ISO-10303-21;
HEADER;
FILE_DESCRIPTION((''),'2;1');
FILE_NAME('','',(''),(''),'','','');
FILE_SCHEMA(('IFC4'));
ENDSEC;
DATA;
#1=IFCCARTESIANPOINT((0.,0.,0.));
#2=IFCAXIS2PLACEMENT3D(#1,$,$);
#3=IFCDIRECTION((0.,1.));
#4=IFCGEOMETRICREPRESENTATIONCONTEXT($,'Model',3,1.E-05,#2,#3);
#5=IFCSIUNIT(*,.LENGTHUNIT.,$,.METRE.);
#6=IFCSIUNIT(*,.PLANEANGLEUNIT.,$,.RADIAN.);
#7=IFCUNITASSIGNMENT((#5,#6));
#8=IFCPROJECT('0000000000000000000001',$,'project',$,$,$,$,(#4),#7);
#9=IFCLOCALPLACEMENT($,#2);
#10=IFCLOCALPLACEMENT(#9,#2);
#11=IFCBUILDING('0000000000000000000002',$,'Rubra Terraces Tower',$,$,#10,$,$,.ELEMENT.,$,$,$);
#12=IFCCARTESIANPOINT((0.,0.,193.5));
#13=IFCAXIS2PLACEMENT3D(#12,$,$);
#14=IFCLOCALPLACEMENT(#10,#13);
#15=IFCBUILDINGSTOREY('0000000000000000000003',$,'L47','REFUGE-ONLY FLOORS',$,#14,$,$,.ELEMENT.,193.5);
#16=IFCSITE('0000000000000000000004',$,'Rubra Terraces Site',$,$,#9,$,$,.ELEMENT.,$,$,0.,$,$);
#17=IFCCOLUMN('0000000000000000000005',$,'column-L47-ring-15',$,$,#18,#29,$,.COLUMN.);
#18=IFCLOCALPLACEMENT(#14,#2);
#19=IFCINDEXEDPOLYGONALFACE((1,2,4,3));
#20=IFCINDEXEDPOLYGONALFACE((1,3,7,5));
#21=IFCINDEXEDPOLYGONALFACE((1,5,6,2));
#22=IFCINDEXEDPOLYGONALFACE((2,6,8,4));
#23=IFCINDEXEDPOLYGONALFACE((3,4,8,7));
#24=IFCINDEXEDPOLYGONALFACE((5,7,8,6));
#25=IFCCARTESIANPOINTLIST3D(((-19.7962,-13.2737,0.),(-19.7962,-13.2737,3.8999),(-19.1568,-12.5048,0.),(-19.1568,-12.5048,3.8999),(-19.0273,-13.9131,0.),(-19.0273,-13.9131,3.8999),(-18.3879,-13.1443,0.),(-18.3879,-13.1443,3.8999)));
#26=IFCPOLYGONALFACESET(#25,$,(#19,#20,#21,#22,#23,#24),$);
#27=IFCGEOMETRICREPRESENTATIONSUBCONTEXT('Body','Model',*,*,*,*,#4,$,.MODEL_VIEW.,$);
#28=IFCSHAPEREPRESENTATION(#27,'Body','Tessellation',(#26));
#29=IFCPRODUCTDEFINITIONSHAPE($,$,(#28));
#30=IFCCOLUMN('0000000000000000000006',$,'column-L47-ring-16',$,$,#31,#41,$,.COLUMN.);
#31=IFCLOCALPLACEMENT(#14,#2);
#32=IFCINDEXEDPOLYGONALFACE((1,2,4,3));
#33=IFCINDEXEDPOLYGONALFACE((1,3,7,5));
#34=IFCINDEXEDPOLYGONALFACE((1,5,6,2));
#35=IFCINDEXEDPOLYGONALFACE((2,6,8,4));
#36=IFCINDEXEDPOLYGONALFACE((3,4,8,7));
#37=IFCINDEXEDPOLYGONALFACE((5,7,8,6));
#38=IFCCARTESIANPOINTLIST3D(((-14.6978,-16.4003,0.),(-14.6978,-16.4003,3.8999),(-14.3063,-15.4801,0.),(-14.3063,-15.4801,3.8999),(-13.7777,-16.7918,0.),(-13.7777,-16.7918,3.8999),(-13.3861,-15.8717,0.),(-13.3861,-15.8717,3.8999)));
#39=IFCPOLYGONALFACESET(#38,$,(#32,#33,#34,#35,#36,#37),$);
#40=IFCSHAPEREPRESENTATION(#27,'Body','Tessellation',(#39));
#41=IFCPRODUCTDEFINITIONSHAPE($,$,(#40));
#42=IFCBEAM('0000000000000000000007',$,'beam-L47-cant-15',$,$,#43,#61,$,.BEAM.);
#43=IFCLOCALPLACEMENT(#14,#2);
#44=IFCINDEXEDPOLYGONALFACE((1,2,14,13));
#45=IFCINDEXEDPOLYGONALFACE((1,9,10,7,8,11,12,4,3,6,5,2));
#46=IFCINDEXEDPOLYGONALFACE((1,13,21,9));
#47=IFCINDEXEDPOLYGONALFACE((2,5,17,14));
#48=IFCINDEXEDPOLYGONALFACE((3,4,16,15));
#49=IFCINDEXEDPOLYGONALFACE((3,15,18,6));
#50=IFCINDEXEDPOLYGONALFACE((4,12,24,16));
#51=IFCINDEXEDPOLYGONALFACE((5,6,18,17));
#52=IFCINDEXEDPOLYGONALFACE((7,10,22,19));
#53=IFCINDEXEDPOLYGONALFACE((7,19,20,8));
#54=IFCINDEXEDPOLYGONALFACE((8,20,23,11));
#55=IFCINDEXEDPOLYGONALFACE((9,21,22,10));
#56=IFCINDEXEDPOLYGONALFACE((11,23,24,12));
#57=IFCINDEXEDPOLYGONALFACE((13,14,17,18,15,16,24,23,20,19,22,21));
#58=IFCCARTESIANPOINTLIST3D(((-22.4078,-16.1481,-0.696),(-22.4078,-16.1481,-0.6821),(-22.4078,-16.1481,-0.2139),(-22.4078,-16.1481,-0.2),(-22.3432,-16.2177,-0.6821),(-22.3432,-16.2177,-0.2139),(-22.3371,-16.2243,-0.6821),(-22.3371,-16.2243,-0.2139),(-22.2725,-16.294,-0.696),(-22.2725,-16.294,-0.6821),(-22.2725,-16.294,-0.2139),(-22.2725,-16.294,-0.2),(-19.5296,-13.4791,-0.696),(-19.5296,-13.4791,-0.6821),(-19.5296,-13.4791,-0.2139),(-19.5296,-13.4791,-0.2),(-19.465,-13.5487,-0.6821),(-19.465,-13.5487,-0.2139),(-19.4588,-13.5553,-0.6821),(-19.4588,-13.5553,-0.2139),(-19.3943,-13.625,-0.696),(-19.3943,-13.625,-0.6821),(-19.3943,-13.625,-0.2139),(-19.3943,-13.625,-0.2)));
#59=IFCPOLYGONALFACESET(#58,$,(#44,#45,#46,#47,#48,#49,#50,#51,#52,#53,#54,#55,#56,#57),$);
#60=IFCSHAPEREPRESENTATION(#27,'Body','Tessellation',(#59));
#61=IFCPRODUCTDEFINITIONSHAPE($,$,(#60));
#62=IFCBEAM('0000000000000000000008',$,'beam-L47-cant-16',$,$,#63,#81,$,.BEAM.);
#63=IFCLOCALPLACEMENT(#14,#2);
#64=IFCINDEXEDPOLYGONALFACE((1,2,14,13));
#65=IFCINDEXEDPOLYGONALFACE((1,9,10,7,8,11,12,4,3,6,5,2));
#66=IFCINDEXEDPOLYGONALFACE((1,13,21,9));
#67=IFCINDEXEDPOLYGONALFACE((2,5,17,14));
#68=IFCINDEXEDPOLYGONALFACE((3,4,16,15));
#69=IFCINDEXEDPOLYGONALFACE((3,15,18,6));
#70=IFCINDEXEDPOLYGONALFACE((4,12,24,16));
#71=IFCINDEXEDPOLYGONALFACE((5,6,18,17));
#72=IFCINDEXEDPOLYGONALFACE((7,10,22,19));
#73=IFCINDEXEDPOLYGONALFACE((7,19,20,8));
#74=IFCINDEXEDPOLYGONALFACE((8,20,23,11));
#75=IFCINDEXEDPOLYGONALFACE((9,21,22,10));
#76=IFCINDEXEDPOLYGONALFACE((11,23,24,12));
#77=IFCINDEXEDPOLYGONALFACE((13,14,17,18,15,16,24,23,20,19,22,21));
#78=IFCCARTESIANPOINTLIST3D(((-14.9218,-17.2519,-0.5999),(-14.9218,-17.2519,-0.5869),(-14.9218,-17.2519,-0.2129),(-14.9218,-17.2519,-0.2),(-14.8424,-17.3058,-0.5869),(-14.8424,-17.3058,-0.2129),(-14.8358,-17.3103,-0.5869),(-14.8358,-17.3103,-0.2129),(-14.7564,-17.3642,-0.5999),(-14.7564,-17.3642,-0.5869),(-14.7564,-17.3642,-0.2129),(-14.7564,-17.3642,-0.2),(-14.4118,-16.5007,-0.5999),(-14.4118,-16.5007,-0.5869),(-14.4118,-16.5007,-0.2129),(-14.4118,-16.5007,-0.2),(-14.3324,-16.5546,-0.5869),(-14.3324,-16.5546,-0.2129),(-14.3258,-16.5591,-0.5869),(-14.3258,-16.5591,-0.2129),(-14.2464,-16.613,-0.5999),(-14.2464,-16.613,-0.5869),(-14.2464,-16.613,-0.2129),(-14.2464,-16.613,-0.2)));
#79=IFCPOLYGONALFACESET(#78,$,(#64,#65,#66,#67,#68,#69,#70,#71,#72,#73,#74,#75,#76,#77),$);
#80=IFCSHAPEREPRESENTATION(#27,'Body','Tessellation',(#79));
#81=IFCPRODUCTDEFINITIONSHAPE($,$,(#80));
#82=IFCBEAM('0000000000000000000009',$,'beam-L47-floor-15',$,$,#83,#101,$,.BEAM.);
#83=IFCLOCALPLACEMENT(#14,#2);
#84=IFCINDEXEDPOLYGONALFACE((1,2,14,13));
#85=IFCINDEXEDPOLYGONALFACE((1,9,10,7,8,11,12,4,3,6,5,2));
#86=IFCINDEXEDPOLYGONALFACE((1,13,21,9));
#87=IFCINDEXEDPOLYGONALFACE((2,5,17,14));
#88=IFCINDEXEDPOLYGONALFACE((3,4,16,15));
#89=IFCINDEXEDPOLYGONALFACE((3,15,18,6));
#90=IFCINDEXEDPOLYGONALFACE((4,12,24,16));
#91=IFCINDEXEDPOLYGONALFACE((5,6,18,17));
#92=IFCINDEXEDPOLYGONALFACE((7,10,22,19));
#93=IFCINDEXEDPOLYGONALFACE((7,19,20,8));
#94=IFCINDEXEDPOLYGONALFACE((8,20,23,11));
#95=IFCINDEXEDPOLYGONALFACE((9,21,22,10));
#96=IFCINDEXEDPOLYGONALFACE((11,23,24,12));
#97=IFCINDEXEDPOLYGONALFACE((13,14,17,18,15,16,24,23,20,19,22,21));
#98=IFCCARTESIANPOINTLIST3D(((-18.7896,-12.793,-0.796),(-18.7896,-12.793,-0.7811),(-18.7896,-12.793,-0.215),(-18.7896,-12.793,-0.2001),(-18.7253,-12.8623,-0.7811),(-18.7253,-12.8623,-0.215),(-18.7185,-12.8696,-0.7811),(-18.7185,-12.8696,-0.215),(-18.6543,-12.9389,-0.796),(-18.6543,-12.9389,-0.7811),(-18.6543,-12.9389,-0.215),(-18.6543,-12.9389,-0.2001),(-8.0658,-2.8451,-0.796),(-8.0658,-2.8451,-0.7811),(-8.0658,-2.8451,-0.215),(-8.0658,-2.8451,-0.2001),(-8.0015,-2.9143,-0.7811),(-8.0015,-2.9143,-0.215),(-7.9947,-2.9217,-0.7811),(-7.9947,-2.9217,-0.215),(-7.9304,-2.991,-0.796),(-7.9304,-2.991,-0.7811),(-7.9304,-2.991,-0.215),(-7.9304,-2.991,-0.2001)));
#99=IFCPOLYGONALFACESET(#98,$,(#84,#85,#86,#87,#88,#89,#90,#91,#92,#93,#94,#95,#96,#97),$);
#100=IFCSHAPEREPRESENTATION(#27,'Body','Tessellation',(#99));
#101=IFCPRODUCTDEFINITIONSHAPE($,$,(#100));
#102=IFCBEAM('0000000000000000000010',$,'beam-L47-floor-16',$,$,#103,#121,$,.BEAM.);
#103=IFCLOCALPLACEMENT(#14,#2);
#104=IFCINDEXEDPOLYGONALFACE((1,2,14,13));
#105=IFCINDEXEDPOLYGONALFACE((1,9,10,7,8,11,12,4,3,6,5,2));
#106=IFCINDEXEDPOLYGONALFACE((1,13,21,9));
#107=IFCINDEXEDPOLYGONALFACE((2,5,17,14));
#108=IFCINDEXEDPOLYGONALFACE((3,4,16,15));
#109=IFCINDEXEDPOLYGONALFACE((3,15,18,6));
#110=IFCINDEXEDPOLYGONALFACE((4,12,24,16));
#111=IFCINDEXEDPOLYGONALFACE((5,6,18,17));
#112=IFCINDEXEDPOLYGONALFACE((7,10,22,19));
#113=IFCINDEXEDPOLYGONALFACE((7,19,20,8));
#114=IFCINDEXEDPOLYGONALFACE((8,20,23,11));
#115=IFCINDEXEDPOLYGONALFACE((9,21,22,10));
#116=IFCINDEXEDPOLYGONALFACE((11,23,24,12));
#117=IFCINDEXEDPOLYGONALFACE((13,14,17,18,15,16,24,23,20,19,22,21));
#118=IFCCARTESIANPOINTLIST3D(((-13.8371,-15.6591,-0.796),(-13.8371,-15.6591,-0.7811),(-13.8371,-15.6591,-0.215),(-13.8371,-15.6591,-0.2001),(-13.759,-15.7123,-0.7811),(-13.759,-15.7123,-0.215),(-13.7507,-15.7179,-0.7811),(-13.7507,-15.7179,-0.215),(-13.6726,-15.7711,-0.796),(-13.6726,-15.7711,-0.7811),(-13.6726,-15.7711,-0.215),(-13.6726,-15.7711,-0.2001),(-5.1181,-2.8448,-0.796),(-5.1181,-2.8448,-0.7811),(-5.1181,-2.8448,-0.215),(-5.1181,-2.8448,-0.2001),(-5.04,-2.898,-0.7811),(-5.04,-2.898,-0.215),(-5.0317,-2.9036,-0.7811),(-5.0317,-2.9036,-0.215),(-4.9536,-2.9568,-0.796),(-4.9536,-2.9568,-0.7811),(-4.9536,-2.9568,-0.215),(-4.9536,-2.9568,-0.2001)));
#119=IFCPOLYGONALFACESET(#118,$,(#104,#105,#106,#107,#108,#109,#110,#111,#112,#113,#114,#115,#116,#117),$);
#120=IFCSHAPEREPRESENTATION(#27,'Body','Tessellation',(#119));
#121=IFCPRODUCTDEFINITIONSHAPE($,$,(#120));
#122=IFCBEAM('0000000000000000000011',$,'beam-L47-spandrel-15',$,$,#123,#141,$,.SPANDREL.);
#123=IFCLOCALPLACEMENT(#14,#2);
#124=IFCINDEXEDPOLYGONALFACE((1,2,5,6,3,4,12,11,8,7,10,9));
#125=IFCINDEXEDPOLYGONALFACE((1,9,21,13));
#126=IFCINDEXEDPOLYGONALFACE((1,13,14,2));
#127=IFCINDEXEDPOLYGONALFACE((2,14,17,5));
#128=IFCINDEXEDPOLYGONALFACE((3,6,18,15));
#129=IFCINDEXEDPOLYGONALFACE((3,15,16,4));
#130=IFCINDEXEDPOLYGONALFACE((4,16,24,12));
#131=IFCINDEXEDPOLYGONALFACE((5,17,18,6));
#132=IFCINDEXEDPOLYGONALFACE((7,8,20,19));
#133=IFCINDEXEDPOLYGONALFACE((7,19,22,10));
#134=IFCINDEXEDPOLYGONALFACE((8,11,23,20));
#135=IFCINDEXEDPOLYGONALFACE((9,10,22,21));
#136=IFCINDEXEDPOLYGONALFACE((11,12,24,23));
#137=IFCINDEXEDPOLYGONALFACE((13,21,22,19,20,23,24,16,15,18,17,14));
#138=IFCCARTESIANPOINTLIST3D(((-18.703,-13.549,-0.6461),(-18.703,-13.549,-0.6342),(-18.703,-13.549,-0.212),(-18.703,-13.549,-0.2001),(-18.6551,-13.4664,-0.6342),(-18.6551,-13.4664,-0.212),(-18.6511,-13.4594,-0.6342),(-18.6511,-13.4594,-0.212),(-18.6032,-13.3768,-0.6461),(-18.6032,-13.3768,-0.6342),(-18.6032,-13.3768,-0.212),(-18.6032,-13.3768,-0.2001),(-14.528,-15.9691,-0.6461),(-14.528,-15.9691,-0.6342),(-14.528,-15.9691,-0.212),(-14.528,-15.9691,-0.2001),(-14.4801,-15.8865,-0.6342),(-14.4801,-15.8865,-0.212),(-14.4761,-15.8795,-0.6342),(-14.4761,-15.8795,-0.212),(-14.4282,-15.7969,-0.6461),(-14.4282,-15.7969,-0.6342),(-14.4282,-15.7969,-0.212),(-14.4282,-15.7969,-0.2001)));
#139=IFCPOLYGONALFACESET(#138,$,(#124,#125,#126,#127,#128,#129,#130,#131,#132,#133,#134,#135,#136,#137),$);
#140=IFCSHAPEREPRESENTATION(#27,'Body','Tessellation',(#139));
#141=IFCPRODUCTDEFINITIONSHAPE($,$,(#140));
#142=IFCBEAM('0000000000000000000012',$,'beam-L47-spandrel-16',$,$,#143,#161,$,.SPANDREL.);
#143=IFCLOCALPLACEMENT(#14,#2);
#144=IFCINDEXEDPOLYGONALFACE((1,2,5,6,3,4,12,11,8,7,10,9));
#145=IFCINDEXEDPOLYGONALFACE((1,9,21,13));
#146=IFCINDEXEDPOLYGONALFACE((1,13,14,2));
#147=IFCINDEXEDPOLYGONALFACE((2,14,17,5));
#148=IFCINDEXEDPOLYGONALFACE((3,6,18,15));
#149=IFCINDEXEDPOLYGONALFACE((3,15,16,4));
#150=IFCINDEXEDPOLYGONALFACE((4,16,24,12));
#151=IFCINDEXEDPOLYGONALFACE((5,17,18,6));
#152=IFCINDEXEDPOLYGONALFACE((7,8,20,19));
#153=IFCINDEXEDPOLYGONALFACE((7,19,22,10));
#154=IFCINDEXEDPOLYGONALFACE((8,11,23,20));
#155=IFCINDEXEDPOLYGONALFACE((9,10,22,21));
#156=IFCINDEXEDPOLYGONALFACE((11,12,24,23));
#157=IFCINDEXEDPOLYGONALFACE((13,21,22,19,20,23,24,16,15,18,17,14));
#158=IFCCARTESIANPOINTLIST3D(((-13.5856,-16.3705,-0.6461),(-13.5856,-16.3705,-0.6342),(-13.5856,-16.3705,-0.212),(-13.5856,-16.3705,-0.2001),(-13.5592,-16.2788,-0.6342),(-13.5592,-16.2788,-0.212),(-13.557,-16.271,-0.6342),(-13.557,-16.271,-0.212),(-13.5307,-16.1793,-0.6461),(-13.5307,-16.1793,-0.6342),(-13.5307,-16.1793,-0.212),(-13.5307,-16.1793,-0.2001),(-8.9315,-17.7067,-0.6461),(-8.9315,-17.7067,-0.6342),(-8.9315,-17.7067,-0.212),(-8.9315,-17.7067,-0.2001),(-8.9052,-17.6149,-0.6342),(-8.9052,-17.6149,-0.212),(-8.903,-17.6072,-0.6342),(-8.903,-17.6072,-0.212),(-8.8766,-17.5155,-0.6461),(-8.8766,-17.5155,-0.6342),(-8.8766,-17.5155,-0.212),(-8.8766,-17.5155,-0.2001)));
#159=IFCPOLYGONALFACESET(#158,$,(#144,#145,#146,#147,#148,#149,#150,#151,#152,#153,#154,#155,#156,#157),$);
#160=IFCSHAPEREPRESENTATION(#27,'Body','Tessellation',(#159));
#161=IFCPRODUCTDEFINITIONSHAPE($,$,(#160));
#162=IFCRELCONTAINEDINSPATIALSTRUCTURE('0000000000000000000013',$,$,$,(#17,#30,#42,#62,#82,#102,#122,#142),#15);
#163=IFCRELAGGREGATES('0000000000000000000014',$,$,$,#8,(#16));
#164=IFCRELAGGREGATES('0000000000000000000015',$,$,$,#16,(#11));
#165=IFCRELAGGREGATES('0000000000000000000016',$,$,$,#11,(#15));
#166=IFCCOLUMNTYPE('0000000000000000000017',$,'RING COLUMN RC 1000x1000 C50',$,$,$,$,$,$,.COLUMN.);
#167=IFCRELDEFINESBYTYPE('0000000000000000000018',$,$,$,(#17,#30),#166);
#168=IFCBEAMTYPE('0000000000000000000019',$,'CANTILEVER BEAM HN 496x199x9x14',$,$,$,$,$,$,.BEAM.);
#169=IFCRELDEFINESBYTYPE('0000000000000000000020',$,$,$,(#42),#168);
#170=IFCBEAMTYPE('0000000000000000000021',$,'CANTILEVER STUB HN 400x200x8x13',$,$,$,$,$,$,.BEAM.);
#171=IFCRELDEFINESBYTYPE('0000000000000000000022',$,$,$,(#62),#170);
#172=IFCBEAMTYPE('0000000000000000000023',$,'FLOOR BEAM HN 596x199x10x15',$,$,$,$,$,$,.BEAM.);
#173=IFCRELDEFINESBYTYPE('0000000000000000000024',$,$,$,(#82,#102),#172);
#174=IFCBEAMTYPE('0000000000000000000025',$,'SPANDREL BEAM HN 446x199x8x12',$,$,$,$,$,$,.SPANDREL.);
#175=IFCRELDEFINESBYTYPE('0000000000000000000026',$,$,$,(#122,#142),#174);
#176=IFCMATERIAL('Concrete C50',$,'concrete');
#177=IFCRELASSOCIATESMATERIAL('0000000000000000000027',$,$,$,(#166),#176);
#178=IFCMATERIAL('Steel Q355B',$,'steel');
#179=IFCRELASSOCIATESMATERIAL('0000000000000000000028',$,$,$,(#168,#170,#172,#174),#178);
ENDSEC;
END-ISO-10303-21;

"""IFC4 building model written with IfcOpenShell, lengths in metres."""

from ifc_helpers import new_model, si_unit, direction, frame, origin, origin_2d, place, context, subcontext, project, spatial, rectangle, i_section, extrude, material, material_profile, profile_set, type_object, element, save


model = new_model("IFC4")

# Units and contexts
model_context = context("Model", 3, precision=1e-05, world=origin(), true_north=direction((0.0, 1.0)))
body_context = subcontext(model_context, "Body", "Model", "MODEL_VIEW")
ifc_project = project(units=[si_unit("LENGTHUNIT", "METRE"), si_unit("PLANEANGLEUNIT", "RADIAN")], contexts=[model_context])

# Site, building, storey
site_placement = place(None, origin())
site = spatial("IfcSite", under=ifc_project, at=site_placement, Name="Rubra Terraces Site", CompositionType="ELEMENT", RefElevation=0.0)
building_placement = place(site_placement, origin())
building = spatial("IfcBuilding", under=site, at=building_placement, Name="Rubra Terraces Tower", CompositionType="ELEMENT")
storey_placement = place(building_placement, frame((0.0, 0.0, 193.5)))
storey = spatial("IfcBuildingStorey", under=building, at=storey_placement, Name="L47", Description="REFUGE-ONLY FLOORS", CompositionType="ELEMENT", Elevation=193.5)

# Columns
ifc_material_1 = material(Name="Concrete C50", Category="concrete")
ifc_material_profile_1 = material_profile(ifc_material_1, rectangle(XDim=1.0, YDim=1.0, at=origin_2d()), Name="RC 1000x1000")
ifc_profile_set_1 = profile_set([ifc_material_profile_1], Name="Concrete C50")
column_type = type_object("IfcColumnType", Name="RING COLUMN RC 1000x1000 C50", PredefinedType="COLUMN", material=ifc_profile_set_1)
for number, where, z_axis, x_axis, name in (
    (1, (-19.092, -13.209, 0.0), (0.0, 0.0, 1.0), (0.76887, -0.639405, 0.0), "column-L47-ring-15"),
    (2, (-14.042, -16.136, 0.0), (0.0, 0.0, 1.0), (0.920168, -0.391524, 0.0), "column-L47-ring-16"),
):
    element("IfcColumn", number, at=place(storey_placement, frame(where, z_axis=z_axis, x_axis=x_axis)), inside=storey, type_object=column_type, Name=name, PredefinedType="COLUMN", context=body_context, shape_type="SweptSolid", body=[
        extrude(rectangle(XDim=1.0, YDim=1.0, at=origin_2d()), origin(), (0.0, 0.0, 1.0), 3.8999),
    ])

# Beams
ifc_material_2 = material(Name="Steel Q355B", Category="steel")
ifc_material_profile_2 = material_profile(ifc_material_2, i_section(OverallWidth=0.199, OverallDepth=0.4961, WebThickness=0.009, FlangeThickness=0.0139, at=origin_2d()), Name="HN 496x199x9x14")
ifc_profile_set_2 = profile_set([ifc_material_profile_2], Name="Steel Q355B")
beam_type_1 = type_object("IfcBeamType", Name="CANTILEVER BEAM HN 496x199x9x14", PredefinedType="BEAM", material=ifc_profile_set_2)
beam_1_placement = place(storey_placement, frame((-19.4619, -13.552, -0.448), z_axis=(-0.733256, -0.679952, 0.0), x_axis=(0.679952, -0.733256, 0.0)))
element("IfcBeam", 3, at=beam_1_placement, inside=storey, type_object=beam_type_1, Name="beam-L47-cant-15", PredefinedType="BEAM", context=body_context, shape_type="SweptSolid", body=[
    extrude(i_section(OverallWidth=0.199, OverallDepth=0.4961, WebThickness=0.009, FlangeThickness=0.0139, at=origin_2d()), origin(), (0.0, 0.0, 1.0), 3.9253),
])
ifc_material_profile_3 = material_profile(ifc_material_2, i_section(OverallWidth=0.2, OverallDepth=0.3999, WebThickness=0.0081, FlangeThickness=0.0129, at=origin_2d()), Name="HN 400x200x8x13")
ifc_profile_set_3 = profile_set([ifc_material_profile_3], Name="Steel Q355B")
beam_type_2 = type_object("IfcBeamType", Name="CANTILEVER STUB HN 400x200x8x13", PredefinedType="BEAM", material=ifc_profile_set_3)
beam_2_placement = place(storey_placement, frame((-14.3291, -16.5569, -0.3999), z_axis=(-0.561692, -0.827346, 0.0), x_axis=(0.827346, -0.561692, 0.0)))
element("IfcBeam", 4, at=beam_2_placement, inside=storey, type_object=beam_type_2, Name="beam-L47-cant-16", PredefinedType="BEAM", context=body_context, shape_type="SweptSolid", body=[
    extrude(i_section(OverallWidth=0.2, OverallDepth=0.3999, WebThickness=0.0081, FlangeThickness=0.0129, at=origin_2d()), origin(), (0.0, 0.0, 1.0), 0.908),
])
ifc_material_profile_4 = material_profile(ifc_material_2, i_section(OverallWidth=0.199, OverallDepth=0.5959, WebThickness=0.01, FlangeThickness=0.0149, at=origin_2d()), Name="HN 596x199x10x15")
ifc_profile_set_4 = profile_set([ifc_material_profile_4], Name="Steel Q355B")
beam_type_3 = type_object("IfcBeamType", Name="FLOOR BEAM HN 596x199x10x15", PredefinedType="BEAM", material=ifc_profile_set_4)
beam_3_placement = place(storey_placement, frame((-18.7219, -12.866, -0.498), z_axis=(0.73313, 0.680088, 0.0), x_axis=(-0.680088, 0.73313, 0.0)))
element("IfcBeam", 5, at=beam_3_placement, inside=storey, type_object=beam_type_3, Name="beam-L47-floor-15", PredefinedType="BEAM", context=body_context, shape_type="SweptSolid", body=[
    extrude(i_section(OverallWidth=0.199, OverallDepth=0.5959, WebThickness=0.01, FlangeThickness=0.0149, at=origin_2d()), origin(), (0.0, 0.0, 1.0), 14.6274),
])
beam_4_placement = place(storey_placement, frame((-13.7549, -15.7151, -0.498), z_axis=(0.562545, 0.826767, 0.0), x_axis=(-0.826767, 0.562545, 0.0)))
element("IfcBeam", 6, at=beam_4_placement, inside=storey, type_object=beam_type_3, Name="beam-L47-floor-16", PredefinedType="BEAM", context=body_context, shape_type="SweptSolid", body=[
    extrude(i_section(OverallWidth=0.199, OverallDepth=0.5959, WebThickness=0.01, FlangeThickness=0.0149, at=origin_2d()), origin(), (0.0, 0.0, 1.0), 15.4993),
])
ifc_material_profile_5 = material_profile(ifc_material_2, i_section(OverallWidth=0.199, OverallDepth=0.446, WebThickness=0.0081, FlangeThickness=0.012, at=origin_2d()), Name="HN 446x199x8x12")
ifc_profile_set_5 = profile_set([ifc_material_profile_5], Name="Steel Q355B")
beam_type_4 = type_object("IfcBeamType", Name="SPANDREL BEAM HN 446x199x8x12", PredefinedType="SPANDREL", material=ifc_profile_set_5)
beam_5_placement = place(storey_placement, frame((-18.6531, -13.4629, -0.4231), z_axis=(0.865154, -0.501507, 0.0), x_axis=(0.501507, 0.865154, 0.0)))
element("IfcBeam", 7, at=beam_5_placement, inside=storey, type_object=beam_type_4, Name="beam-L47-spandrel-15", PredefinedType="SPANDREL", context=body_context, shape_type="SweptSolid", body=[
    extrude(i_section(OverallWidth=0.199, OverallDepth=0.446, WebThickness=0.0081, FlangeThickness=0.012, at=origin_2d()), origin(), (0.0, 0.0, 1.0), 4.8257),
])
beam_6_placement = place(storey_placement, frame((-13.5581, -16.2749, -0.4231), z_axis=(0.961171, -0.275953, 0.0), x_axis=(0.275953, 0.961171, 0.0)))
element("IfcBeam", 8, at=beam_6_placement, inside=storey, type_object=beam_type_4, Name="beam-L47-spandrel-16", PredefinedType="SPANDREL", context=body_context, shape_type="SweptSolid", body=[
    extrude(i_section(OverallWidth=0.199, OverallDepth=0.446, WebThickness=0.0081, FlangeThickness=0.012, at=origin_2d()), origin(), (0.0, 0.0, 1.0), 4.842),
])

save(model, "model.ifc")
